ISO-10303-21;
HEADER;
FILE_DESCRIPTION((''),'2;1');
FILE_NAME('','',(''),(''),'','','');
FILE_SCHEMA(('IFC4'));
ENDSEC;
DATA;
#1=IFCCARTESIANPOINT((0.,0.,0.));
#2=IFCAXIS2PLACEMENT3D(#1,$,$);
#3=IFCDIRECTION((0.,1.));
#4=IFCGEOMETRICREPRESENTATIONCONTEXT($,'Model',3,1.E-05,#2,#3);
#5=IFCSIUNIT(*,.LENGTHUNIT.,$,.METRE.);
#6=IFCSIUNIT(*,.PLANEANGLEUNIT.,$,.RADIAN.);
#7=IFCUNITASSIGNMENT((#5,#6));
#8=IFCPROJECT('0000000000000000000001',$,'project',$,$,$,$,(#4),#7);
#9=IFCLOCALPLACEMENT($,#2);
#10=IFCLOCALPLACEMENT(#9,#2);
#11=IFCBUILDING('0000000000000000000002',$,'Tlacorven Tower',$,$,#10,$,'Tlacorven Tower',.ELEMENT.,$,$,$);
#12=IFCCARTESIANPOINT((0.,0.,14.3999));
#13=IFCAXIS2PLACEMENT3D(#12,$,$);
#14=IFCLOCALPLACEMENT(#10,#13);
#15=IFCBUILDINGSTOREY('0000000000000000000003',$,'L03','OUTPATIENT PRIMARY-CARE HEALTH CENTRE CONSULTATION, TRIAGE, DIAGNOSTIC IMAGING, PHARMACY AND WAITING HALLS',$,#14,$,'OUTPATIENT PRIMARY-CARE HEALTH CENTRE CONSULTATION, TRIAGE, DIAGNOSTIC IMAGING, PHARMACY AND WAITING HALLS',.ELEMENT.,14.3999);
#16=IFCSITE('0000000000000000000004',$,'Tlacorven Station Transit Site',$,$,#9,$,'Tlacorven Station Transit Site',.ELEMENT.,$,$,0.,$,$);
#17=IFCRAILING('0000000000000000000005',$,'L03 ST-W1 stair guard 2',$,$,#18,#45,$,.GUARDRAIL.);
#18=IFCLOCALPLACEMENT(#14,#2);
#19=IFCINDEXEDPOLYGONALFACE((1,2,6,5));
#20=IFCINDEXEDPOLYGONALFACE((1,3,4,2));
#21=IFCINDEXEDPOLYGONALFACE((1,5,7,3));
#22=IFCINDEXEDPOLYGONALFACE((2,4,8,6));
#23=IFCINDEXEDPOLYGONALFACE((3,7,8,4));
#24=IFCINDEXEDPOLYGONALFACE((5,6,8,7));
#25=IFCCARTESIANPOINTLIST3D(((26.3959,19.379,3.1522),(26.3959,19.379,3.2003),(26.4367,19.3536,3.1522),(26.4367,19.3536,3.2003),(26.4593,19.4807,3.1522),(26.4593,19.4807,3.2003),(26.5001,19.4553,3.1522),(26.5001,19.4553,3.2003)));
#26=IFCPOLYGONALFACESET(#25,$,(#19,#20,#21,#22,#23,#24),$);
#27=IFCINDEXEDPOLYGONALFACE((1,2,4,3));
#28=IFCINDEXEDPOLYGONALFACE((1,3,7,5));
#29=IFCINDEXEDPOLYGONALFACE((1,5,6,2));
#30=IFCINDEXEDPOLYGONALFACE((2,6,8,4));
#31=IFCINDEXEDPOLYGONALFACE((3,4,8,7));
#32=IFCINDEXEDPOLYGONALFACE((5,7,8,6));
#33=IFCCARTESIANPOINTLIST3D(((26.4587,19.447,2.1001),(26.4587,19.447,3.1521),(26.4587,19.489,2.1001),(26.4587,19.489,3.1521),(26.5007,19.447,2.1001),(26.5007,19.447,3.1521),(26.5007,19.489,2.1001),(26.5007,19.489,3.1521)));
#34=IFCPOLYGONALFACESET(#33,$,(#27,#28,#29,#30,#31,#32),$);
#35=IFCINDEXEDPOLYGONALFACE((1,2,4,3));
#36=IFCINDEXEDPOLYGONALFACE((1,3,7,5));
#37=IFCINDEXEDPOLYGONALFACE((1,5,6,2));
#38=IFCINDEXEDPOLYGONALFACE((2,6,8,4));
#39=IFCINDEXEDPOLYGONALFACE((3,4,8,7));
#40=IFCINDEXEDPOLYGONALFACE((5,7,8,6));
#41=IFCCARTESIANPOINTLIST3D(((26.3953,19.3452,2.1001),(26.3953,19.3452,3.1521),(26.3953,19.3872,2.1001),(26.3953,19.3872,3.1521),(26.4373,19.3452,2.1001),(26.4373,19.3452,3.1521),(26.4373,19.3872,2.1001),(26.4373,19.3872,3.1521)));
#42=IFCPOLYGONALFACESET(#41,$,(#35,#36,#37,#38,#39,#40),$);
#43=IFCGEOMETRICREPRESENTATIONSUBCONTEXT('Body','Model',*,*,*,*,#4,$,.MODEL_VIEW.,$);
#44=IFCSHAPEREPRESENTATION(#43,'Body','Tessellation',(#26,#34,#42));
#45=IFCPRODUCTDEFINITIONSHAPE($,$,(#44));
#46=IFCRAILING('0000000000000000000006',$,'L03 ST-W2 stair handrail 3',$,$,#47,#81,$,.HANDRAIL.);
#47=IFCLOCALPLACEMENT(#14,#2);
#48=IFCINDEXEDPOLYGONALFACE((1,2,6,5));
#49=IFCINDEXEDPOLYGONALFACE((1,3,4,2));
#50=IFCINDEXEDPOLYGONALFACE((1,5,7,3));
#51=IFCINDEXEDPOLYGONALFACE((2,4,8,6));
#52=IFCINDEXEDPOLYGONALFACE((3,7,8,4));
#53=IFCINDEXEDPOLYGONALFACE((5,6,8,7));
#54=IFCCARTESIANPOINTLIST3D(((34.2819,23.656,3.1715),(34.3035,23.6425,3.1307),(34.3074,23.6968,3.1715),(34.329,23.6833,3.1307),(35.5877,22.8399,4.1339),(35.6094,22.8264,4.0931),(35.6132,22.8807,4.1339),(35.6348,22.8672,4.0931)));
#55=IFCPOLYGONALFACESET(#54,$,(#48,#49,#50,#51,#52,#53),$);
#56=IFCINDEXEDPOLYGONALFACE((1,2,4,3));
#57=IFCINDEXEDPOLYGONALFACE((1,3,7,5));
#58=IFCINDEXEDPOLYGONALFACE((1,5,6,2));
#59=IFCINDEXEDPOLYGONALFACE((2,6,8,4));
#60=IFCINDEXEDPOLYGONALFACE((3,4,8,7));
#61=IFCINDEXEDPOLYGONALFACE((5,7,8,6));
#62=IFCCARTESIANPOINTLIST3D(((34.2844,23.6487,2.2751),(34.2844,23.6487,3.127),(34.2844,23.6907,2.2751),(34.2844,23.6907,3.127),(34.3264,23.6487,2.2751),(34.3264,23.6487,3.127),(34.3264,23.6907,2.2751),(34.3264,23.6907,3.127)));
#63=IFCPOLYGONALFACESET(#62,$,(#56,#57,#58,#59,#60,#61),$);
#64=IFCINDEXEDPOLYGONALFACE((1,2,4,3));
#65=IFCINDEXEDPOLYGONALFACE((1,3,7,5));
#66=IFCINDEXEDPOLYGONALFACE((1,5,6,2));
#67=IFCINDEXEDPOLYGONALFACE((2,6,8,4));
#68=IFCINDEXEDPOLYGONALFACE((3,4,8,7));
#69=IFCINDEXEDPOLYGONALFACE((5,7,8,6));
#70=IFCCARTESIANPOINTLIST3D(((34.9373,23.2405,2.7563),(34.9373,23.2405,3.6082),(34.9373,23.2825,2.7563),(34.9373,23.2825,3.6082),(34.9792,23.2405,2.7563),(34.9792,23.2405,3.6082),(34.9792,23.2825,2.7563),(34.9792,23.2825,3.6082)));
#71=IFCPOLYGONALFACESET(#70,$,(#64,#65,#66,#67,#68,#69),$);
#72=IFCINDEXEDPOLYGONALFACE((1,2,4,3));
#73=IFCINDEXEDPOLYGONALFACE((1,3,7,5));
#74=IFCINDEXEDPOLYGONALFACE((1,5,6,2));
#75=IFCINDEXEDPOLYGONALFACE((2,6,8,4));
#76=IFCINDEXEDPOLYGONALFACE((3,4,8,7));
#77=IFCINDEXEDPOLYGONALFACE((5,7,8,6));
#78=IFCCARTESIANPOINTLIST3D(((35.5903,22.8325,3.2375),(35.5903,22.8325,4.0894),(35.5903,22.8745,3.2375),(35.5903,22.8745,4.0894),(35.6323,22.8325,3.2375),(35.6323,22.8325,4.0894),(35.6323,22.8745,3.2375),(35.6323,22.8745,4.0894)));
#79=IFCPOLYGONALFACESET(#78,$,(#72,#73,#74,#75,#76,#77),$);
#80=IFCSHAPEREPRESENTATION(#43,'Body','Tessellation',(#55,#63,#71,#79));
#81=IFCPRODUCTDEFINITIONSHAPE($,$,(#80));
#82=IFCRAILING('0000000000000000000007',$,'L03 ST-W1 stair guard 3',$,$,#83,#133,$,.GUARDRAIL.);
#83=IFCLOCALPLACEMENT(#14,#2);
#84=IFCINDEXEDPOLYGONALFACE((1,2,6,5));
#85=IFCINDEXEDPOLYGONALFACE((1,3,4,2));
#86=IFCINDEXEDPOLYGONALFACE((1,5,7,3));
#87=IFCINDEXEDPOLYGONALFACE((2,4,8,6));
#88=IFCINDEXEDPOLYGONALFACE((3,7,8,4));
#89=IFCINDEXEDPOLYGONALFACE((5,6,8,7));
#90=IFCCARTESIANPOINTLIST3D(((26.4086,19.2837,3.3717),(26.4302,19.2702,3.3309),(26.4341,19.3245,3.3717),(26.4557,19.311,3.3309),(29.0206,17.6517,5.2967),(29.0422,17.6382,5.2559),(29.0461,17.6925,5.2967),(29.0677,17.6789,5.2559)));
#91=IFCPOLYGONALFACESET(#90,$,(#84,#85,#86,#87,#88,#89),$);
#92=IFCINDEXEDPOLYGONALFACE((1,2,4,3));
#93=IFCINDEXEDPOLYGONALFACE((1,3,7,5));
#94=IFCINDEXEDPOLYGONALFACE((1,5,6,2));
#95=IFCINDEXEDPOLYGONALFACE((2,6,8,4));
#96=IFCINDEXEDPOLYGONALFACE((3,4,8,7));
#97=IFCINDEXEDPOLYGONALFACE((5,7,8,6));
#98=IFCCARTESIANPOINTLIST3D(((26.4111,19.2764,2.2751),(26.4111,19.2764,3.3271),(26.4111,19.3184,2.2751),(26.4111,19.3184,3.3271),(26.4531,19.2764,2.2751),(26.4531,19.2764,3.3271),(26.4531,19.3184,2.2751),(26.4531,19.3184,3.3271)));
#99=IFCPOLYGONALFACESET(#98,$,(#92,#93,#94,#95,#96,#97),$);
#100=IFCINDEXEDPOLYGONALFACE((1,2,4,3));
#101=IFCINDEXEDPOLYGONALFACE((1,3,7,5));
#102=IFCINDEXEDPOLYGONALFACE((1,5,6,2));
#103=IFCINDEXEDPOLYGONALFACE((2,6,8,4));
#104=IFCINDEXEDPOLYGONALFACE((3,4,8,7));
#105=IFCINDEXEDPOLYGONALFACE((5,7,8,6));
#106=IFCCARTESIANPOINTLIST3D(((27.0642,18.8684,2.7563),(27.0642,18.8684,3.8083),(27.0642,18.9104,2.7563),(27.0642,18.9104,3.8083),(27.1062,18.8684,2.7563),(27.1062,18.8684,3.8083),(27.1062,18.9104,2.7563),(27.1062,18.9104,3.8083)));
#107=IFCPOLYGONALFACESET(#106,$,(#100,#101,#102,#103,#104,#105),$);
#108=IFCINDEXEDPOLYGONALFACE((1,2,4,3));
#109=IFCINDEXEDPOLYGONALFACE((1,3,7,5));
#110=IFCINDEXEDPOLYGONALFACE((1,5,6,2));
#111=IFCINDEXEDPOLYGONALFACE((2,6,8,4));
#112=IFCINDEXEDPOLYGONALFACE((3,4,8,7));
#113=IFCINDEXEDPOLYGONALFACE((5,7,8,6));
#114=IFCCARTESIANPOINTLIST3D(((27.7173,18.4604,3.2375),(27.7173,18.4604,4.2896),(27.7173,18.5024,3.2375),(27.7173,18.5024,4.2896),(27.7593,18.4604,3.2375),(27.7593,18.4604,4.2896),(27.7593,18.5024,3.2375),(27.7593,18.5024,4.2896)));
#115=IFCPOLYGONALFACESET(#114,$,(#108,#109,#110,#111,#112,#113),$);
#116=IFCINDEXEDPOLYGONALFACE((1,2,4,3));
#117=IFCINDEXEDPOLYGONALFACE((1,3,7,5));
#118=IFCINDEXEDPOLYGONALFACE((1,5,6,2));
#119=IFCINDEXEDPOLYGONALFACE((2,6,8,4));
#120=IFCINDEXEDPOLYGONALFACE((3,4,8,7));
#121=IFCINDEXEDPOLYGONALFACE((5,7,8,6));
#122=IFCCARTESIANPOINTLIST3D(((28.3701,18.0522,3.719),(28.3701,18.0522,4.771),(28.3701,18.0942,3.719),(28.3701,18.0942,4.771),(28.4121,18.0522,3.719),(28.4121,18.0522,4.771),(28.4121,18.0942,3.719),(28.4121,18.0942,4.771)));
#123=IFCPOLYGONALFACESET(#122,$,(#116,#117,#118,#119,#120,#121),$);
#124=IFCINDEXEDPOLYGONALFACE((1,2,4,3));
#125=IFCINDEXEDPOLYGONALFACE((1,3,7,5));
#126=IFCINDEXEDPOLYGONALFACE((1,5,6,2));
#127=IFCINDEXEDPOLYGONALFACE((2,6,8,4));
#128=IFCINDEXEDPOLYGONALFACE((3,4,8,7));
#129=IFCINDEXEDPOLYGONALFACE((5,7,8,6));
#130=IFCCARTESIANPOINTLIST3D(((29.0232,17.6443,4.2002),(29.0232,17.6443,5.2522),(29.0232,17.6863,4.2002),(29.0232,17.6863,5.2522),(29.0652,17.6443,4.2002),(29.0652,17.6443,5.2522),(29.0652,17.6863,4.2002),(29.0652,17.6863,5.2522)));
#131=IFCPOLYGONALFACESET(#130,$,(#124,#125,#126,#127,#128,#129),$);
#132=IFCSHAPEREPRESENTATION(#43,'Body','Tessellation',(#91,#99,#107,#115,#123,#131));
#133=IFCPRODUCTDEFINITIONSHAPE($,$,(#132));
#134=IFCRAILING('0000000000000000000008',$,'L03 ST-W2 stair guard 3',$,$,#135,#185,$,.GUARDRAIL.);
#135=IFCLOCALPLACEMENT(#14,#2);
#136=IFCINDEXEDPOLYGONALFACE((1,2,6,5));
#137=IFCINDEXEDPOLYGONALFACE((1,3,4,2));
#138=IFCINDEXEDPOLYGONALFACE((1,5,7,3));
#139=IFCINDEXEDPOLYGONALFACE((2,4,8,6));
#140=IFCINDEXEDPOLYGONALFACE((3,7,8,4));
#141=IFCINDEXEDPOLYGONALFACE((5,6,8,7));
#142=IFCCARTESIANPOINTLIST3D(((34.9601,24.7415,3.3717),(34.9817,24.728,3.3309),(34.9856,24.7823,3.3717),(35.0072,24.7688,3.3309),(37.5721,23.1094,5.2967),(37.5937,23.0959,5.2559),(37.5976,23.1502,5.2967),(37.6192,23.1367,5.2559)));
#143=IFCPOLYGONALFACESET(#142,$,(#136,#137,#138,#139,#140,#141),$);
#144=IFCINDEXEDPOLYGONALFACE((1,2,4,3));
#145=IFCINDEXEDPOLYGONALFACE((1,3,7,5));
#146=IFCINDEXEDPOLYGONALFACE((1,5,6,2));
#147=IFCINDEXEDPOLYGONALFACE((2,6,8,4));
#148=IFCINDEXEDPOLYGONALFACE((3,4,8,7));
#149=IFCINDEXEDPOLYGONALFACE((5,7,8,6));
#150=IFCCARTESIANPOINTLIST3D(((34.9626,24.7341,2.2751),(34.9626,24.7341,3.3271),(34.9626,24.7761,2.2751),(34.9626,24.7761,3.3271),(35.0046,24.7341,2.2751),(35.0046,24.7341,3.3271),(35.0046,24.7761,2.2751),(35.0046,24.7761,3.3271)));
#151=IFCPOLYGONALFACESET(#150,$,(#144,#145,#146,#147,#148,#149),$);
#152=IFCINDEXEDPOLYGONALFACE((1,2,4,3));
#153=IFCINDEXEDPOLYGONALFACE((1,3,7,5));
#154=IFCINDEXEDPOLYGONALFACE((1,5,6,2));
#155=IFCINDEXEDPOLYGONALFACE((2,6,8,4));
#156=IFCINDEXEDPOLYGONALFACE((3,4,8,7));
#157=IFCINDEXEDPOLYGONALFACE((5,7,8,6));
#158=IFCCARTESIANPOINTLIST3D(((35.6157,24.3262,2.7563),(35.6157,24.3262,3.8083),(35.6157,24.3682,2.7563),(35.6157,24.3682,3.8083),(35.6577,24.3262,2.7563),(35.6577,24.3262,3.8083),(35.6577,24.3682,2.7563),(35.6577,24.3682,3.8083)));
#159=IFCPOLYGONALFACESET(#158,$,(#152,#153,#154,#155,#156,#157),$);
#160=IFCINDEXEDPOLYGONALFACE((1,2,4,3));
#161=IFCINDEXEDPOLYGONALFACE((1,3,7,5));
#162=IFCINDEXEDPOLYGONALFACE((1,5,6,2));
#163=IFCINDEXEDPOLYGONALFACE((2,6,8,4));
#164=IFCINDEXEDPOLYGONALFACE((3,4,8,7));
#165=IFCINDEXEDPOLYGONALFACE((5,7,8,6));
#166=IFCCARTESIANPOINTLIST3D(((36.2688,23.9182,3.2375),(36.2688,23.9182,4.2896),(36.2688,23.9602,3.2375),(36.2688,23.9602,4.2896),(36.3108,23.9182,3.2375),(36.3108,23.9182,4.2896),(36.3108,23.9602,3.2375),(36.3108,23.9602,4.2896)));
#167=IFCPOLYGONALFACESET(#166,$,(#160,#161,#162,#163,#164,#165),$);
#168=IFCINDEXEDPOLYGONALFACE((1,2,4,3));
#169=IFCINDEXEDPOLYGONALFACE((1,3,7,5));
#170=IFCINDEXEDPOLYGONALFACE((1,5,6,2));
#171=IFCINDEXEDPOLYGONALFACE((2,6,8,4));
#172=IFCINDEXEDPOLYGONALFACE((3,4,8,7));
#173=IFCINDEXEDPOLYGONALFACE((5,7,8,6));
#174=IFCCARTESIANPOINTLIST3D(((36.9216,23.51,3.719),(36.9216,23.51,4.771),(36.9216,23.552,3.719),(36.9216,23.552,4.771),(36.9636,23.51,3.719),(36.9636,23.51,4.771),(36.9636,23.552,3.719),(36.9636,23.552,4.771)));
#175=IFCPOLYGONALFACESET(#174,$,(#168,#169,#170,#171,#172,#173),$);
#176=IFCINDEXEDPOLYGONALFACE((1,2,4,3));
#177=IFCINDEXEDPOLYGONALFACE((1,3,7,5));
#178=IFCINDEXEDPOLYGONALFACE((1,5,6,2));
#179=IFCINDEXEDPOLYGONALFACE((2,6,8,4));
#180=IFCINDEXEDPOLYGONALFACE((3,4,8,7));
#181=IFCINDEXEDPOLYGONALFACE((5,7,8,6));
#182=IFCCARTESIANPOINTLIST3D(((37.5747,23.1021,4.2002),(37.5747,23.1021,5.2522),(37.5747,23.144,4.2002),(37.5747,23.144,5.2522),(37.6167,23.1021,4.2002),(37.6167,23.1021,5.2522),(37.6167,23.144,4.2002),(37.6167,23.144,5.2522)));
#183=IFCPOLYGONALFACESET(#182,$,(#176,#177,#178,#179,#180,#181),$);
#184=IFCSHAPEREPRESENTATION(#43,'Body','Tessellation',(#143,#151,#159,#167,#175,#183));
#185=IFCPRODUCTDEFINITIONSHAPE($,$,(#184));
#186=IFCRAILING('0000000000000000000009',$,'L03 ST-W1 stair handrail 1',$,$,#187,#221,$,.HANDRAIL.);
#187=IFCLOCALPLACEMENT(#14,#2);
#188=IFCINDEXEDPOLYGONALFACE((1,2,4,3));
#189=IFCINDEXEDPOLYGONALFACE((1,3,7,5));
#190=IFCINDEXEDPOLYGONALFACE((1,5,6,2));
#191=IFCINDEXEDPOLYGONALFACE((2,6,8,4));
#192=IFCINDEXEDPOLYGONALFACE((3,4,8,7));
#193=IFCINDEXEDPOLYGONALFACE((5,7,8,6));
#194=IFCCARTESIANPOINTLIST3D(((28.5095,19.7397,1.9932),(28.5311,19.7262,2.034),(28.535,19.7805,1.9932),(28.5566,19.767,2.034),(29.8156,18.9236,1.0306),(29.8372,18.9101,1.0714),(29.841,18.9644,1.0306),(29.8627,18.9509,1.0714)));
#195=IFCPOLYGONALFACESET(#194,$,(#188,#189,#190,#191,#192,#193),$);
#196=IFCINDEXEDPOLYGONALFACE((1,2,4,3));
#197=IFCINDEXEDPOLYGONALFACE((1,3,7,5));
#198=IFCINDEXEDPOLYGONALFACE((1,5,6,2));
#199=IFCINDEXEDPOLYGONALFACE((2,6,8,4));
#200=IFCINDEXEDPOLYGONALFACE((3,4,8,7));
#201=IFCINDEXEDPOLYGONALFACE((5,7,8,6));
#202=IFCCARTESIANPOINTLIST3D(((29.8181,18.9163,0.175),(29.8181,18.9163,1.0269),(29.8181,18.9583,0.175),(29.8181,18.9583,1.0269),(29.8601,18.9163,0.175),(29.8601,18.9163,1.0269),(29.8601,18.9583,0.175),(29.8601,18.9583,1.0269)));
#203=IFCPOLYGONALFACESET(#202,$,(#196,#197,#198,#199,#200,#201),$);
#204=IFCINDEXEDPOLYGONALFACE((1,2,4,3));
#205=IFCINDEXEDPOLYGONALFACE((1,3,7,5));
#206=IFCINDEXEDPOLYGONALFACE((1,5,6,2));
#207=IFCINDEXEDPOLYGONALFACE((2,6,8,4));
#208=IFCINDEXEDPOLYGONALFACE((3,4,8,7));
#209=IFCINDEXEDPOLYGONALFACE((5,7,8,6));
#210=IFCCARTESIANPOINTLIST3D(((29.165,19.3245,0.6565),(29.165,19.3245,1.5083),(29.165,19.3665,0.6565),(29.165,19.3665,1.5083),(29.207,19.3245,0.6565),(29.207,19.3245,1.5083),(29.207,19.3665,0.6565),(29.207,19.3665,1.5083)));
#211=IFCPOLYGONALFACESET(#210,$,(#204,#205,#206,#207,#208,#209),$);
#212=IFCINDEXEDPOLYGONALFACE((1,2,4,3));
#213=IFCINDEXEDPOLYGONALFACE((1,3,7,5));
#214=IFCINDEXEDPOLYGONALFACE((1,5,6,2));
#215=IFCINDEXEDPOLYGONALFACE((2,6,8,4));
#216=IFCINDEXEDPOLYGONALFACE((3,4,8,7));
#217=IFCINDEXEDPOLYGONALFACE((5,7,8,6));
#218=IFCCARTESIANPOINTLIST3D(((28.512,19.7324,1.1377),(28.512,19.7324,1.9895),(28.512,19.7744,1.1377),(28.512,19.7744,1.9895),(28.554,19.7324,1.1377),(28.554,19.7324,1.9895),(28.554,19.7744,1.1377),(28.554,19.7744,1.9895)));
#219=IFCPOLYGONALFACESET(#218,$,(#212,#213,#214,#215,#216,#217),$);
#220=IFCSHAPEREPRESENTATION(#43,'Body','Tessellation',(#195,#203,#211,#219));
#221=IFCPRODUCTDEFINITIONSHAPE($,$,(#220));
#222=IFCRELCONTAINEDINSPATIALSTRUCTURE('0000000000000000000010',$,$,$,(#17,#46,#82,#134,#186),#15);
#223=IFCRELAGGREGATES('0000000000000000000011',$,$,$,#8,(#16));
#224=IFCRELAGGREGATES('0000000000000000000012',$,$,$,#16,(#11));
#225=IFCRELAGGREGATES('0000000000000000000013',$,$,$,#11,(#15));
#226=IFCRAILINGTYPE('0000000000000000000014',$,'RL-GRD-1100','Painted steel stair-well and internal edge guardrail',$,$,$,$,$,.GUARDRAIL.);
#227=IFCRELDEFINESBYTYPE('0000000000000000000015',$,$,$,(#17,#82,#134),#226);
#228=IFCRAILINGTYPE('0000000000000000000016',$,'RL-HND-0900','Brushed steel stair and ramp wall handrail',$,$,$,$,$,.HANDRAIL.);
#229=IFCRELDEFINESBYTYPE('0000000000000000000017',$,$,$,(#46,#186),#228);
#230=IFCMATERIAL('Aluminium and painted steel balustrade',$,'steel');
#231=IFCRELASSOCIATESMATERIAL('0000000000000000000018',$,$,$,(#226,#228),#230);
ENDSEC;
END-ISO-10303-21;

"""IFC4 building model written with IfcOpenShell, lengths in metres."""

from ifc_helpers import new_model, si_unit, direction, frame, origin, origin_2d, place, context, subcontext, project, spatial, rectangle, extrude, source, transform, mapped, material, type_object, element, save


model = new_model("IFC4")

# Units and contexts
model_context = context("Model", 3, precision=1e-05, world=origin(), true_north=direction((0.0, 1.0)))
body_context = subcontext(model_context, "Body", "Model", "MODEL_VIEW")
ifc_project = project(units=[si_unit("LENGTHUNIT", "METRE"), si_unit("PLANEANGLEUNIT", "RADIAN")], contexts=[model_context])

# Site, building, storey
site_placement = place(None, origin())
site = spatial("IfcSite", under=ifc_project, at=site_placement, Name="Tlacorven Station Transit Site", LongName="Tlacorven Station Transit Site", CompositionType="ELEMENT", RefElevation=0.0)
building_placement = place(site_placement, origin())
building = spatial("IfcBuilding", under=site, at=building_placement, Name="Tlacorven Tower", LongName="Tlacorven Tower", CompositionType="ELEMENT")
storey_placement = place(building_placement, frame((0.0, 0.0, 14.3999)))
storey = spatial("IfcBuildingStorey", under=building, at=storey_placement, Name="L03", Description="OUTPATIENT PRIMARY-CARE HEALTH CENTRE CONSULTATION, TRIAGE, DIAGNOSTIC IMAGING, PHARMACY AND WAITING HALLS", LongName="OUTPATIENT PRIMARY-CARE HEALTH CENTRE CONSULTATION, TRIAGE, DIAGNOSTIC IMAGING, PHARMACY AND WAITING HALLS", CompositionType="ELEMENT", Elevation=14.3999)

# Railings
ifc_material_1 = material(Name="Aluminium and painted steel balustrade", Category="steel")
railing_type_1 = type_object("IfcRailingType", Name="RL-GRD-1100", Description="Painted steel stair-well and internal edge guardrail", PredefinedType="GUARDRAIL", material=ifc_material_1)
shared_shape_1 = source(origin(), body_context, "Body", "SweptSolid", [
    extrude(rectangle(XDim=0.0481, YDim=0.0481, at=origin_2d()), frame((0.0, 0.0, 1.0762), z_axis=(-0.529084, -0.848569, 0.0), x_axis=(0.848569, -0.529084, 0.0)), (0.0, 0.0, 1.0), 0.1199),
    extrude(rectangle(XDim=0.042, YDim=0.042, at=origin_2d()), origin(), (0.0, 0.0, 1.0), 1.052),
    extrude(rectangle(XDim=0.042, YDim=0.042, at=origin_2d()), frame((-0.0635, -0.1018, 0.0)), (0.0, 0.0, 1.0), 1.052),
])
railing_1_placement = place(storey_placement, frame((26.4797, 19.468, 2.1001)))
element("IfcRailing", 1, at=railing_1_placement, inside=storey, type_object=railing_type_1, Name="L03 ST-W1 stair guard 2", PredefinedType="GUARDRAIL", context=body_context, shape_type="MappedRepresentation", body=[
    mapped(shared_shape_1, transform((0.0, 0.0, 0.0), scale=1.0)),
])
railing_type_2 = type_object("IfcRailingType", Name="RL-HND-0900", Description="Brushed steel stair and ramp wall handrail", PredefinedType="HANDRAIL", material=ifc_material_1)
shared_shape_2 = source(origin(), body_context, "Body", "SweptSolid", [
    extrude(rectangle(XDim=0.0481, YDim=0.0481, at=origin_2d()), frame((0.0, 0.0, 0.876), z_axis=(0.719126, -0.449437, 0.529967), x_axis=(0.529985, 0.848007, 0.0)), (0.0, 0.0, 1.0), 1.8159),
    extrude(rectangle(XDim=0.042, YDim=0.042, at=origin_2d()), origin(), (0.0, 0.0, 1.0), 0.8518),
    extrude(rectangle(XDim=0.042, YDim=0.042, at=origin_2d()), frame((0.6528, -0.4082, 0.4812)), (0.0, 0.0, 1.0), 0.8518),
    extrude(rectangle(XDim=0.042, YDim=0.042, at=origin_2d()), frame((1.3059, -0.8162, 0.9624)), (0.0, 0.0, 1.0), 0.8518),
])
railing_2_placement = place(storey_placement, frame((34.3054, 23.6697, 2.2751)))
element("IfcRailing", 2, at=railing_2_placement, inside=storey, type_object=railing_type_2, Name="L03 ST-W2 stair handrail 3", PredefinedType="HANDRAIL", context=body_context, shape_type="MappedRepresentation", body=[
    mapped(shared_shape_2, transform((0.0, 0.0, 0.0), scale=1.0)),
])
shared_shape_3 = source(origin(), body_context, "Body", "SweptSolid", [
    extrude(rectangle(XDim=0.0481, YDim=0.0481, at=origin_2d()), frame((0.0, 0.0, 1.0762), z_axis=(0.719154, -0.449345, 0.530006), x_axis=(0.529892, 0.848065, 0.0)), (0.0, 0.0, 1.0), 3.6321),
    extrude(rectangle(XDim=0.042, YDim=0.042, at=origin_2d()), origin(), (0.0, 0.0, 1.0), 1.052),
    extrude(rectangle(XDim=0.042, YDim=0.042, at=origin_2d()), frame((0.6531, -0.408, 0.4812)), (0.0, 0.0, 1.0), 1.052),
    extrude(rectangle(XDim=0.042, YDim=0.042, at=origin_2d()), frame((1.3062, -0.8159, 0.9624)), (0.0, 0.0, 1.0), 1.052),
    extrude(rectangle(XDim=0.042, YDim=0.042, at=origin_2d()), frame((1.959, -1.2241, 1.4438)), (0.0, 0.0, 1.0), 1.052),
    extrude(rectangle(XDim=0.042, YDim=0.042, at=origin_2d()), frame((2.6121, -1.6321, 1.925)), (0.0, 0.0, 1.0), 1.052),
])
for number, where, name in (
    (3, (26.4321, 19.2974, 2.2751), "L03 ST-W1 stair guard 3"),
    (4, (34.9836, 24.7551, 2.2751), "L03 ST-W2 stair guard 3"),
):
    element("IfcRailing", number, at=place(storey_placement, frame(where)), inside=storey, type_object=railing_type_1, Name=name, PredefinedType="GUARDRAIL", context=body_context, shape_type="MappedRepresentation", body=[
        mapped(shared_shape_3, transform((0.0, 0.0, 0.0), scale=1.0)),
    ])
shared_shape_4 = source(origin(), body_context, "Body", "SweptSolid", [
    extrude(rectangle(XDim=0.0481, YDim=0.0481, at=origin_2d()), frame((0.0, 0.0, 0.876), z_axis=(-0.719139, 0.449361, 0.530012), x_axis=(-0.529913, -0.848052, 0.0)), (0.0, 0.0, 1.0), 1.8162),
    extrude(rectangle(XDim=0.042, YDim=0.042, at=origin_2d()), origin(), (0.0, 0.0, 1.0), 0.8518),
    extrude(rectangle(XDim=0.042, YDim=0.042, at=origin_2d()), frame((-0.6531, 0.4082, 0.4814)), (0.0, 0.0, 1.0), 0.8518),
    extrude(rectangle(XDim=0.042, YDim=0.042, at=origin_2d()), frame((-1.3062, 0.8162, 0.9626)), (0.0, 0.0, 1.0), 0.8518),
])
railing_3_placement = place(storey_placement, frame((29.8391, 18.9373, 0.175)))
element("IfcRailing", 5, at=railing_3_placement, inside=storey, type_object=railing_type_2, Name="L03 ST-W1 stair handrail 1", PredefinedType="HANDRAIL", context=body_context, shape_type="MappedRepresentation", body=[
    mapped(shared_shape_4, transform((0.0, 0.0, 0.0), scale=1.0)),
])

save(model, "model.ifc")
